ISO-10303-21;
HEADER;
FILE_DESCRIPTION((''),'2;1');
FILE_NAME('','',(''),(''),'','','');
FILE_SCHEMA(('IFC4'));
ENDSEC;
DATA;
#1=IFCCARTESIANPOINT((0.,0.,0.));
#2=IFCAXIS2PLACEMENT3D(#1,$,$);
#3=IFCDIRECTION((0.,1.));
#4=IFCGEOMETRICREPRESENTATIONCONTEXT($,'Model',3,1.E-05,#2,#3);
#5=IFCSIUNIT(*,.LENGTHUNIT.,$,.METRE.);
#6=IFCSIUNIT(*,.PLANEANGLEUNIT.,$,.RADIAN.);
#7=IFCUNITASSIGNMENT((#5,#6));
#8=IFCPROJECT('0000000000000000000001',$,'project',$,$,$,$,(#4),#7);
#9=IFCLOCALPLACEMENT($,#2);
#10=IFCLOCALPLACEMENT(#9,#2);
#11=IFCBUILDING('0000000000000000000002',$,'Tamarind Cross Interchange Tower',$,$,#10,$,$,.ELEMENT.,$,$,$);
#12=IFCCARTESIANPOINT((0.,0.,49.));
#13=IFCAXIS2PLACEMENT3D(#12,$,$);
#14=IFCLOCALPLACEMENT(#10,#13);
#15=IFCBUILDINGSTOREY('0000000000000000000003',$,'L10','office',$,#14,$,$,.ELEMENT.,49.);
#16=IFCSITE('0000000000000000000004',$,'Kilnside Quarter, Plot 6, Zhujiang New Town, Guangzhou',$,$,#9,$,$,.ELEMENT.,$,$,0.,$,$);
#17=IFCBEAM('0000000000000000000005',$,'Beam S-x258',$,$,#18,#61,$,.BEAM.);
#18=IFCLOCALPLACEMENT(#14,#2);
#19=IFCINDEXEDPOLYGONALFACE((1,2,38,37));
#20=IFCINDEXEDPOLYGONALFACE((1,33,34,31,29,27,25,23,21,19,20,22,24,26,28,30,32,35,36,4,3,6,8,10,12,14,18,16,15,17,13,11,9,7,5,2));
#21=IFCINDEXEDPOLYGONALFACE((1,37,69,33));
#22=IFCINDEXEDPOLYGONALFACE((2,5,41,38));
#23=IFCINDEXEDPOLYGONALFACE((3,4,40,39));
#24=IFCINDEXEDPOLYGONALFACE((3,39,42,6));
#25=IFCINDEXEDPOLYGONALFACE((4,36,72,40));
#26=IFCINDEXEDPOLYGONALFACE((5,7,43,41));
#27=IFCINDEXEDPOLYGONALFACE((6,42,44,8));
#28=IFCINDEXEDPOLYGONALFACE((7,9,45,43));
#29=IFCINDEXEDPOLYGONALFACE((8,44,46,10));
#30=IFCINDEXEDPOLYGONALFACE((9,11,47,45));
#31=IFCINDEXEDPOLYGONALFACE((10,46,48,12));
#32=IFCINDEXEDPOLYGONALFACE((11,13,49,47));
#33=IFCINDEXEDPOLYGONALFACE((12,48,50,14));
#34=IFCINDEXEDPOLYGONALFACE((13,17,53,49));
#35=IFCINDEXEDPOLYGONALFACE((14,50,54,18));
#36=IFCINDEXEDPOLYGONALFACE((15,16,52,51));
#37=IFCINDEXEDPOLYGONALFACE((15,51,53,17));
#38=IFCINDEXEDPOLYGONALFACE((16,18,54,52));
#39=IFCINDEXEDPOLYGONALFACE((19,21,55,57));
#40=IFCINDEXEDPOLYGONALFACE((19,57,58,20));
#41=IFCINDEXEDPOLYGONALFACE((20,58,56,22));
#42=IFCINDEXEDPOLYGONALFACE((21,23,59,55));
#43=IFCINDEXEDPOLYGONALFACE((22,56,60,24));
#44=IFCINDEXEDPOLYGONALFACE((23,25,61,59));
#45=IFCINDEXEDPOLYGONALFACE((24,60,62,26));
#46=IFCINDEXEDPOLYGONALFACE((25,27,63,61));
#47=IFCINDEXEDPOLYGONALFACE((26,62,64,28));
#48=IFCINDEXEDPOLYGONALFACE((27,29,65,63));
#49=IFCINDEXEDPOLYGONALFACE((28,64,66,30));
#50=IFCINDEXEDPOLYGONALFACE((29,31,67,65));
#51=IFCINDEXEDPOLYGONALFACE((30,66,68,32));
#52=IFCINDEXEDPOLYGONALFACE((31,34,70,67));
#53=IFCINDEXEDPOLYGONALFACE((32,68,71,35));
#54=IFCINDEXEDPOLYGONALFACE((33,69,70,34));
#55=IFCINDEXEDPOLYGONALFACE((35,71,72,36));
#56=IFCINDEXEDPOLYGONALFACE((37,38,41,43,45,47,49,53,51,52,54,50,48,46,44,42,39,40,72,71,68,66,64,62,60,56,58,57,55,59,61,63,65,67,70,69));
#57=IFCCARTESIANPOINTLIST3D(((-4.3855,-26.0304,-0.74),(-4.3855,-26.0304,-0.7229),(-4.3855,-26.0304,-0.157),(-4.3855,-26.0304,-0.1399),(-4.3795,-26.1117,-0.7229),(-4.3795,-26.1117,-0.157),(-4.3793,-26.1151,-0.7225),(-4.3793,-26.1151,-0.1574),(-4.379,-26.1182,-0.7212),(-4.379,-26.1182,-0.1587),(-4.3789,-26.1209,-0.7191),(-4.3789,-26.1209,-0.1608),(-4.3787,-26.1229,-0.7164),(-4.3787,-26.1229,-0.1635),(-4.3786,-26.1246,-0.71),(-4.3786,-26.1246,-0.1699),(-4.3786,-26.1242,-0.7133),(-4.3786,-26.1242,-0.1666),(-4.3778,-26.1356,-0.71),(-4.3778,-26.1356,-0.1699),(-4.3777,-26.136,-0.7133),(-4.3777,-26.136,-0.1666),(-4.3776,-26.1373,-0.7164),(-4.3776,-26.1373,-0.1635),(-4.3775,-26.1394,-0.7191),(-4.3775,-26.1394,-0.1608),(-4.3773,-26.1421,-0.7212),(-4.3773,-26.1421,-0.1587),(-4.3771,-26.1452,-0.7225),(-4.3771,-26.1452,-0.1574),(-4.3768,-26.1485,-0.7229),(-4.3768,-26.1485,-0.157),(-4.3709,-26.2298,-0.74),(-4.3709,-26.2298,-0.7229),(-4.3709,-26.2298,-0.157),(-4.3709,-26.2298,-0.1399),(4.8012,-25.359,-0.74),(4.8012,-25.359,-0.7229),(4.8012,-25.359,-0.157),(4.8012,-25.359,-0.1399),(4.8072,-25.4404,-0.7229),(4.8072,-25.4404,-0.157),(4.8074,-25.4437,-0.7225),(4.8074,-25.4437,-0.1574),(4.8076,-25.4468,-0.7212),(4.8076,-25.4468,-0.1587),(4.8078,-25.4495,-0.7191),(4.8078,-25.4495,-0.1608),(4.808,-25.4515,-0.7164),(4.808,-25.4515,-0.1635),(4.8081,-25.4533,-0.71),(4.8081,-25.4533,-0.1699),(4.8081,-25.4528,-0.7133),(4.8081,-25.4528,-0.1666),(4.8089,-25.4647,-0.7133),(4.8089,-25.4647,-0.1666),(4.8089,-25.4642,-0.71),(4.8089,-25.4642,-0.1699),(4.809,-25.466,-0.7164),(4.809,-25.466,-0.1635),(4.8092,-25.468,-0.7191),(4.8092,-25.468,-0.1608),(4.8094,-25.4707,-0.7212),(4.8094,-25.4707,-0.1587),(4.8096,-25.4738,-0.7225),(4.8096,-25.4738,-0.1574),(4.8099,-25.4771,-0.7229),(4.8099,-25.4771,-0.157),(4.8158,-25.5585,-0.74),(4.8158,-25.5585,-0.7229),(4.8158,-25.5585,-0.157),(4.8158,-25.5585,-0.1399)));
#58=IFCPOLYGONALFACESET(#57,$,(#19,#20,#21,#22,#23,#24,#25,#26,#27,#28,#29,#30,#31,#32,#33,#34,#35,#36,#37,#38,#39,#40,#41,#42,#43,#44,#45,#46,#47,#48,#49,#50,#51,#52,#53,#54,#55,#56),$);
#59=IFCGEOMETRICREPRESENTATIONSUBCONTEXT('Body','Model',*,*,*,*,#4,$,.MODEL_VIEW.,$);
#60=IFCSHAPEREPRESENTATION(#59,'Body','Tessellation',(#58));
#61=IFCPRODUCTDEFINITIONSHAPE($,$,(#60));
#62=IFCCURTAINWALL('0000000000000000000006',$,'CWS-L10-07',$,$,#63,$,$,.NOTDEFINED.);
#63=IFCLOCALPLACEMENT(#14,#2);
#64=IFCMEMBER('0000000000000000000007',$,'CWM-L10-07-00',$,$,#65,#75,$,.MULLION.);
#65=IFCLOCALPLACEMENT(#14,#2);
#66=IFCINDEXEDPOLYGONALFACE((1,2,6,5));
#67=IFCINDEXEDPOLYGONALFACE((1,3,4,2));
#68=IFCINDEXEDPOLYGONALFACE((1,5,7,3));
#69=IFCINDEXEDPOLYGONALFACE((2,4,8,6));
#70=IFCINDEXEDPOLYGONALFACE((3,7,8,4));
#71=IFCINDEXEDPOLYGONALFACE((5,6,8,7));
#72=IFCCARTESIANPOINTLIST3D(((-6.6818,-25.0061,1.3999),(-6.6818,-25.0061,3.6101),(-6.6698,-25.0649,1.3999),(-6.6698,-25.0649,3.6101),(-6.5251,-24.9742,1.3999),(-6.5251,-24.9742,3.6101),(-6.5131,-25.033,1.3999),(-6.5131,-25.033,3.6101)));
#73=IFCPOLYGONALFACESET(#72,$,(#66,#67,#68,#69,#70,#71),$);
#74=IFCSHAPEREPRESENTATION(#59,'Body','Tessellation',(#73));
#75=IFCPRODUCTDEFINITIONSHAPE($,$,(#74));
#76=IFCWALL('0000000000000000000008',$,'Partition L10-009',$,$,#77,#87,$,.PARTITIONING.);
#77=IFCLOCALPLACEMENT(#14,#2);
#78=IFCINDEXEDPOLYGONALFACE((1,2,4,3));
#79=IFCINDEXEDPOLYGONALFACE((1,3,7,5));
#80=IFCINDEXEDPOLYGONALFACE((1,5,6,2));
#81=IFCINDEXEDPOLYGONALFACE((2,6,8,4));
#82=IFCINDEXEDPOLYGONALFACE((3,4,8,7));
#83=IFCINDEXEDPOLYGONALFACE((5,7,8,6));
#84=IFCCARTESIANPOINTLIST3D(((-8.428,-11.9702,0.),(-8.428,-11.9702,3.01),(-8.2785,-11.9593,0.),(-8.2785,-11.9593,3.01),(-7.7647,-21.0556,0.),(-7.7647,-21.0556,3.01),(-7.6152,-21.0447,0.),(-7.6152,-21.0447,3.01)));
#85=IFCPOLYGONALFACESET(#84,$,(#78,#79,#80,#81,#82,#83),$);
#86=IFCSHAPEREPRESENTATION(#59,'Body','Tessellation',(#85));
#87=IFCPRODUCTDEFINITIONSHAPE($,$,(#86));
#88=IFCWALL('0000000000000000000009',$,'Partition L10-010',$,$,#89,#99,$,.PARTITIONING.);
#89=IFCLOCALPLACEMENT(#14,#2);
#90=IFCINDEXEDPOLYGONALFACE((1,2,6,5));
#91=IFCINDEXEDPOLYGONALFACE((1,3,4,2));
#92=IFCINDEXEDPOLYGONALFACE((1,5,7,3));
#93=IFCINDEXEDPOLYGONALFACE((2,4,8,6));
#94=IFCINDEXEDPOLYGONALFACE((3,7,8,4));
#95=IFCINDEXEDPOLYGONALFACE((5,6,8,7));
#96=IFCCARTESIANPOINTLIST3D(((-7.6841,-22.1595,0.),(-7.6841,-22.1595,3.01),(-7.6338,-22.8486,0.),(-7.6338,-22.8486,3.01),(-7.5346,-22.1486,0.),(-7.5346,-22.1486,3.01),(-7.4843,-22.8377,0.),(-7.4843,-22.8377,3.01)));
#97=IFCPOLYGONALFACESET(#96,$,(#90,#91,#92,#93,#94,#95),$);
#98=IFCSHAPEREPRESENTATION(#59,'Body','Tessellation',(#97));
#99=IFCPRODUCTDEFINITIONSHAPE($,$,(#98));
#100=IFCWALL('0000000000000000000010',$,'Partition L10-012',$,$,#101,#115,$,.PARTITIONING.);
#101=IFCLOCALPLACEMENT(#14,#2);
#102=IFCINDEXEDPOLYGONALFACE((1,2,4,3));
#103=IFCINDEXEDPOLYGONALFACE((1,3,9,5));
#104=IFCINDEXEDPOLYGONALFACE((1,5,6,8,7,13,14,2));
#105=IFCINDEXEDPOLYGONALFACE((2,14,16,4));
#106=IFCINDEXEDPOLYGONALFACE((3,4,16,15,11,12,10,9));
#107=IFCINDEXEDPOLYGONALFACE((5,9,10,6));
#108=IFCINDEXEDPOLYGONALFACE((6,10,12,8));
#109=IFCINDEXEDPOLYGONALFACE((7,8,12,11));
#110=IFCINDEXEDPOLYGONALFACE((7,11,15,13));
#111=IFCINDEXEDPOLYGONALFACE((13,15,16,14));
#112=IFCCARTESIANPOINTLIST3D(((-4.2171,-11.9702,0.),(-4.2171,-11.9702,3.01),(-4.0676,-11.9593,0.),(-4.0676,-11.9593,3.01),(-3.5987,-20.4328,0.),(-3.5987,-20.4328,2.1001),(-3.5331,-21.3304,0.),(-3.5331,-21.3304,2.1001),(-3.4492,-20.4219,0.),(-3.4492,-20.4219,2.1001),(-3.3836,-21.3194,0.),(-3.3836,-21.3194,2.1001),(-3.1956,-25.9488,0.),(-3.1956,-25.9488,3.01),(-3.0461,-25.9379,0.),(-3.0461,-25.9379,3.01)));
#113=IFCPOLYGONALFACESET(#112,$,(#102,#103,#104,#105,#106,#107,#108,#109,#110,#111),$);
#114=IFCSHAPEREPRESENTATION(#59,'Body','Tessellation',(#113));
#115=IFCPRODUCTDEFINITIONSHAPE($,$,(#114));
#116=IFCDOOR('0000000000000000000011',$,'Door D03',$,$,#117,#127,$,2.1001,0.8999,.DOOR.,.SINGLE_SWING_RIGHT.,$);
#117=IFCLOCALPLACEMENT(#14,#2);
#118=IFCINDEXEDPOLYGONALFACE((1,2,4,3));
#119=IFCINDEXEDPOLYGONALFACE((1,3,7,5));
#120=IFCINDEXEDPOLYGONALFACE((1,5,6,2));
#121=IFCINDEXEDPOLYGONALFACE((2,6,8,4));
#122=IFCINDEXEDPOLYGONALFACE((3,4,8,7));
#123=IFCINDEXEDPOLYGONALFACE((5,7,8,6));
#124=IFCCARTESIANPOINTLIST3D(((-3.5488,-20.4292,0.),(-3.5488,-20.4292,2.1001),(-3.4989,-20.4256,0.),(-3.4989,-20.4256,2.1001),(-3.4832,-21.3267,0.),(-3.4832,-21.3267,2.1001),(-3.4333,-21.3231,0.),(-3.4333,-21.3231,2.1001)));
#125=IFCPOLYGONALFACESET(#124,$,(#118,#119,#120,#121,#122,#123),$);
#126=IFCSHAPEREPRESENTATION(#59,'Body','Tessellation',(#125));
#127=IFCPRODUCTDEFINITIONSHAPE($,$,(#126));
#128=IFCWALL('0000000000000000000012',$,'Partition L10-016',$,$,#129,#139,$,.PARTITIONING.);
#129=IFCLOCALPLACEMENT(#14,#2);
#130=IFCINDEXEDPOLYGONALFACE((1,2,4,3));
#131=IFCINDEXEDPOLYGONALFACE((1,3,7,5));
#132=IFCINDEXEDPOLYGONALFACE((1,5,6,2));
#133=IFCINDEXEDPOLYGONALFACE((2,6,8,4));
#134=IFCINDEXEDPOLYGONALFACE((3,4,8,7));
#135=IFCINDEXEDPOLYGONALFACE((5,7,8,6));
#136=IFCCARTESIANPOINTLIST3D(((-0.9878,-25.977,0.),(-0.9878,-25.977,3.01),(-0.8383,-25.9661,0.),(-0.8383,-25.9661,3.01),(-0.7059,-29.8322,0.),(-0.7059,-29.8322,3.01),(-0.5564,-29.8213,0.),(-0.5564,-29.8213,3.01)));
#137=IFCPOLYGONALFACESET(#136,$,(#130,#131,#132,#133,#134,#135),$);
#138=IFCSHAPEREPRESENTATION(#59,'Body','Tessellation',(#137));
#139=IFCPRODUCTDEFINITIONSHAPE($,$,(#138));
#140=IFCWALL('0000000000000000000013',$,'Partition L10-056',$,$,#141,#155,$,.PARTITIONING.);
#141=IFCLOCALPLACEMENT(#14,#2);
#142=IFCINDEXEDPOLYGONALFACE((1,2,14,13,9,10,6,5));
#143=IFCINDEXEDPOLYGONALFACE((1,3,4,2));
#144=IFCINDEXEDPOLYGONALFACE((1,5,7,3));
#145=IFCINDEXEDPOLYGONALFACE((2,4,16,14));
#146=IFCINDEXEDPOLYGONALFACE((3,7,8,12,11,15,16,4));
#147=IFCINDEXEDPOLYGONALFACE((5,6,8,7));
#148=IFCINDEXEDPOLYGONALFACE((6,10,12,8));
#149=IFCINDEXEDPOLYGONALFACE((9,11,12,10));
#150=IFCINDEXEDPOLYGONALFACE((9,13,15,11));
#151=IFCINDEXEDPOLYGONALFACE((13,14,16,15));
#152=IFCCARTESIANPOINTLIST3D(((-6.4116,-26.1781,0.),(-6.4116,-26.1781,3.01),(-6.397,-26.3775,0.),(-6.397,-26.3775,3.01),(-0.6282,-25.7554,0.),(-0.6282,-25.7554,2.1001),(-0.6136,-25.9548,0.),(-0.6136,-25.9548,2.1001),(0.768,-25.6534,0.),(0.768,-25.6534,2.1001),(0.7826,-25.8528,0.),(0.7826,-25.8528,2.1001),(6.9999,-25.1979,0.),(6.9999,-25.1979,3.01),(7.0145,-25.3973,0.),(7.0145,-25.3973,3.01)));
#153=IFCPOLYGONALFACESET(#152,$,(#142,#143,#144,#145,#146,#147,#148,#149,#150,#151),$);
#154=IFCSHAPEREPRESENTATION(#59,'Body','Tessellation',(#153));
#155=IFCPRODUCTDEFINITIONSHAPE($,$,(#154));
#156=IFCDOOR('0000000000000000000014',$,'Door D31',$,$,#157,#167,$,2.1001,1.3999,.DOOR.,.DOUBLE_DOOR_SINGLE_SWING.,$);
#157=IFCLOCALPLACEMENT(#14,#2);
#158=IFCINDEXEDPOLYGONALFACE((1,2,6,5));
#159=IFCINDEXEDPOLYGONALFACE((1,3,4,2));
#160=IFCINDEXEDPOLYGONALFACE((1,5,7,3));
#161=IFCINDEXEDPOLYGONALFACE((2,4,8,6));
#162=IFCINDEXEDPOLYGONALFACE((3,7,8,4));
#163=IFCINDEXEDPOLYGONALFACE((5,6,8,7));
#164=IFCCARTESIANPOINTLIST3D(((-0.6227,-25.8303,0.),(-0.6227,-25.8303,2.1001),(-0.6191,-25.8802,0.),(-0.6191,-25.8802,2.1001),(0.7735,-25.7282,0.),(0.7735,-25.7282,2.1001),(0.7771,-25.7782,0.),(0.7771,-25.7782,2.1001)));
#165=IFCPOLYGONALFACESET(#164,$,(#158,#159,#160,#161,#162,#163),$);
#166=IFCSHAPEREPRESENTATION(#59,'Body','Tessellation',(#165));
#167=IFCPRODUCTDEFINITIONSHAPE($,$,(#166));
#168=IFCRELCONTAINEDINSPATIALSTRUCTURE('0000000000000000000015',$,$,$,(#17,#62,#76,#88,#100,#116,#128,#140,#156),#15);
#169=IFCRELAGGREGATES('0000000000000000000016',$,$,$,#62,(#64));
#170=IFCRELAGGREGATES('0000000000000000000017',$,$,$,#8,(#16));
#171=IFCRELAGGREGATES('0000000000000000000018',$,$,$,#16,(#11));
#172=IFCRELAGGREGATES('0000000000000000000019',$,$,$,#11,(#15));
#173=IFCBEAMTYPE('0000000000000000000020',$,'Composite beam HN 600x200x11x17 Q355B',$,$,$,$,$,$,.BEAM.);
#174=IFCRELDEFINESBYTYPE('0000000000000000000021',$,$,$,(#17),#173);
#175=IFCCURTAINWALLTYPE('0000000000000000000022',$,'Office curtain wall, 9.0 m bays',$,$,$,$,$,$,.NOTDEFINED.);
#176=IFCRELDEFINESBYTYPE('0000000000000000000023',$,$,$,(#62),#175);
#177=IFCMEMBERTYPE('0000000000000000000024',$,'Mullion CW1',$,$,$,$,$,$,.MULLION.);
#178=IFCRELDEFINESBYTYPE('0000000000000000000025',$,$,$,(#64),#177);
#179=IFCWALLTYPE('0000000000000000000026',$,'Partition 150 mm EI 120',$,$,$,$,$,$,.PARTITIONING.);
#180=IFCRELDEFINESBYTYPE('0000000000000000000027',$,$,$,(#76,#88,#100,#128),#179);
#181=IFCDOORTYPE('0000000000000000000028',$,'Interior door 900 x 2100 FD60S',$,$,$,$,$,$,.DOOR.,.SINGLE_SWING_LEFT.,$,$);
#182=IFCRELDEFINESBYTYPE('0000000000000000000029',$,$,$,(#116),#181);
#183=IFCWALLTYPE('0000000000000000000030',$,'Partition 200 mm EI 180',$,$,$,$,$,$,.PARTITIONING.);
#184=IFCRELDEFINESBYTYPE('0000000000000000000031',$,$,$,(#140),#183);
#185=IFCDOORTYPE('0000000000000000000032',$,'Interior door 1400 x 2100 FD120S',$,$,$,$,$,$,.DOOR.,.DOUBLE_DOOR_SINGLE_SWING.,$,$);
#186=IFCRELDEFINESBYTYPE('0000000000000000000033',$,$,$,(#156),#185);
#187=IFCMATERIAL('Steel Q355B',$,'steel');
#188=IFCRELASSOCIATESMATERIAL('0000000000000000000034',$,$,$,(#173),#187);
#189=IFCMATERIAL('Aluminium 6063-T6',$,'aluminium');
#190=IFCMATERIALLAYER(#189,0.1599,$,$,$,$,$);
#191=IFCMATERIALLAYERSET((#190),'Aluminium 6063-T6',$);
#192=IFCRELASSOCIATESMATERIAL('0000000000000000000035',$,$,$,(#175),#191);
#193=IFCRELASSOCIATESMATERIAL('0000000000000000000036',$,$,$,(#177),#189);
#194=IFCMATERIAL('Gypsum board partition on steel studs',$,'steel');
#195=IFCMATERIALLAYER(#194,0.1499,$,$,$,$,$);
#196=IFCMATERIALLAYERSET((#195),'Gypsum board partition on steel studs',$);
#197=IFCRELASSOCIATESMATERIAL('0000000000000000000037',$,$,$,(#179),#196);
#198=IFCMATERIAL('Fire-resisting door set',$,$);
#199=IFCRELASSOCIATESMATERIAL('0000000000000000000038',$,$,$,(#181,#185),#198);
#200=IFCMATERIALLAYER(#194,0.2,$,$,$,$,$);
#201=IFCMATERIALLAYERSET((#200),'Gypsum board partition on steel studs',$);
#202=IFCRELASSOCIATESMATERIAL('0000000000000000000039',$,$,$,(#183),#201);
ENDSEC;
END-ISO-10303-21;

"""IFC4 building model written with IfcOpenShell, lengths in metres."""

from ifc_helpers import new_model, si_unit, direction, frame, frame_2d, origin, origin_2d, place, context, subcontext, project, spatial, rectangle, i_section, extrude, material, layer, layer_set, material_profile, profile_set, type_object, element, fill, aggregate, save


model = new_model("IFC4")

# Units and contexts
model_context = context("Model", 3, precision=1e-05, world=origin(), true_north=direction((0.0, 1.0)))
body_context = subcontext(model_context, "Body", "Model", "MODEL_VIEW")
ifc_project = project(units=[si_unit("LENGTHUNIT", "METRE"), si_unit("PLANEANGLEUNIT", "RADIAN")], contexts=[model_context])

# Site, building, storey
site_placement = place(None, origin())
site = spatial("IfcSite", under=ifc_project, at=site_placement, Name="Kilnside Quarter, Plot 6, Zhujiang New Town, Guangzhou", CompositionType="ELEMENT", RefElevation=0.0)
building_placement = place(site_placement, origin())
building = spatial("IfcBuilding", under=site, at=building_placement, Name="Tamarind Cross Interchange Tower", CompositionType="ELEMENT")
storey_placement = place(building_placement, frame((0.0, 0.0, 49.0)))
storey = spatial("IfcBuildingStorey", under=building, at=storey_placement, Name="L10", Description="office", CompositionType="ELEMENT", Elevation=49.0)

# Beam
ifc_material_1 = material(Name="Steel Q355B", Category="steel")
ifc_material_profile_1 = material_profile(ifc_material_1, i_section(OverallWidth=0.2, OverallDepth=0.6001, WebThickness=0.011, FlangeThickness=0.0171, FilletRadius=0.0129, at=origin_2d()), Name="HN 600x200x11x17")
ifc_profile_set_1 = profile_set([ifc_material_profile_1], Name="Steel Q355B")
beam_type_1 = type_object("IfcBeamType", Name="Composite beam HN 600x200x11x17 Q355B", PredefinedType="BEAM", material=ifc_profile_set_1)
beam_1_placement = place(storey_placement, frame((-4.3782, -26.1301, -0.4399), z_axis=(0.99734, 0.072888, 0.0), x_axis=(-0.072888, 0.99734, 0.0)))
element("IfcBeam", 1, at=beam_1_placement, inside=storey, type_object=beam_type_1, Name="Beam S-x258", PredefinedType="BEAM", context=body_context, shape_type="SweptSolid", body=[
    extrude(i_section(OverallWidth=0.2, OverallDepth=0.6001, WebThickness=0.011, FlangeThickness=0.0171, FilletRadius=0.0129, at=origin_2d()), origin(), (0.0, 0.0, 1.0), 9.2112),
])

# Curtain wall, member
ifc_material_2 = material(Name="Aluminium 6063-T6", Category="aluminium")
ifc_layer_1 = layer(ifc_material_2, 0.1599)
ifc_layer_set_1 = layer_set([ifc_layer_1], Name="Aluminium 6063-T6")
curtain_wall_type = type_object("IfcCurtainWallType", Name="Office curtain wall, 9.0 m bays", PredefinedType="NOTDEFINED", material=ifc_layer_set_1)
curtain_wall_placement = place(storey_placement, origin())
curtain_wall = element("IfcCurtainWall", 2, at=curtain_wall_placement, inside=storey, type_object=curtain_wall_type, Name="CWS-L10-07", PredefinedType="NOTDEFINED")
ifc_material_profile_2 = material_profile(ifc_material_2, rectangle(XDim=0.0601, YDim=0.1599, at=origin_2d()), Name="Mullion CW1")
ifc_profile_set_2 = profile_set([ifc_material_profile_2], Name="Aluminium 6063-T6")
member_type = type_object("IfcMemberType", Name="Mullion CW1", PredefinedType="MULLION", material=ifc_profile_set_2)
member_placement = place(storey_placement, frame((-6.5974, -25.0195, 1.3999), z_axis=(0.0, 0.0, 1.0), x_axis=(0.199435, -0.979911, 0.0)))
member = element("IfcMember", 3, at=member_placement, type_object=member_type, Name="CWM-L10-07-00", PredefinedType="MULLION", context=body_context, shape_type="SweptSolid", body=[
    extrude(rectangle(XDim=0.0601, YDim=0.1599, at=origin_2d()), origin(), (0.0, 0.0, 1.0), 2.2102),
])
aggregate(curtain_wall, [member])

# Walls
ifc_material_3 = material(Name="Gypsum board partition on steel studs", Category="steel")
ifc_layer_2 = layer(ifc_material_3, 0.1499)
ifc_layer_set_2 = layer_set([ifc_layer_2], Name="Gypsum board partition on steel studs")
wall_type_1 = type_object("IfcWallType", Name="Partition 150 mm EI 120", PredefinedType="PARTITIONING", material=ifc_layer_set_2)
wall_1_placement = place(storey_placement, frame((-8.3533, -11.9648, 0.0), z_axis=(0.0, 0.0, 1.0), x_axis=(0.072816, -0.997345, 0.0)))
element("IfcWall", 4, at=wall_1_placement, inside=storey, type_object=wall_type_1, Name="Partition L10-009", PredefinedType="PARTITIONING", context=body_context, shape_type="SweptSolid", body=[
    extrude(rectangle(XDim=9.1096, YDim=0.1499, at=frame_2d((4.5547, 0.0))), origin(), (0.0, 0.0, 1.0), 3.01),
])
wall_2_placement = place(storey_placement, frame((-7.6094, -22.1541, 0.0), z_axis=(0.0, 0.0, 1.0), x_axis=(0.072804, -0.997346, 0.0)))
element("IfcWall", 5, at=wall_2_placement, inside=storey, type_object=wall_type_1, Name="Partition L10-010", PredefinedType="PARTITIONING", context=body_context, shape_type="SweptSolid", body=[
    extrude(rectangle(XDim=0.6909, YDim=0.1499, at=frame_2d((0.3455, 0.0))), origin(), (0.0, 0.0, 1.0), 3.01),
])

# Wall, opening, door
wall_3_placement = place(storey_placement, frame((-4.1423, -11.9648, 0.0), z_axis=(0.0, 0.0, 1.0), x_axis=(0.072881, -0.997341, 0.0)))
wall_3 = element("IfcWall", 6, at=wall_3_placement, inside=storey, type_object=wall_type_1, Name="Partition L10-012", PredefinedType="PARTITIONING", context=body_context, shape_type="SweptSolid", body=[
    extrude(rectangle(XDim=14.0159, YDim=0.1499, at=frame_2d((7.0078, 0.0))), origin(), (0.0, 0.0, 1.0), 3.01),
])
opening_1_placement = place(wall_3_placement, frame((8.4851, 0.0, 0.0)))
opening_1 = element("IfcOpeningElement", 7, at=opening_1_placement, cuts=wall_3, PredefinedType="OPENING", context=body_context, shape_type="SweptSolid", body=[
    extrude(rectangle(XDim=0.8999, YDim=2.1001, at=frame_2d((0.45, 1.05))), frame((0.0, 0.085, 0.0), z_axis=(0.0, -1.0, 0.0), x_axis=(1.0, 0.0, 0.0)), (0.0, 0.0, 1.0), 0.1699),
])
ifc_material_4 = material(Name="Fire-resisting door set")
door_type_1 = type_object("IfcDoorType", Name="Interior door 900 x 2100 FD60S", OperationType="SINGLE_SWING_LEFT", PredefinedType="DOOR", material=ifc_material_4)
door_1_placement = place(opening_1_placement, frame((0.8999, 0.0, 0.0), z_axis=(0.0, 0.0, 1.0), x_axis=(-1.0, 0.0, 0.0)))
door_1 = element("IfcDoor", 8, at=door_1_placement, inside=storey, type_object=door_type_1, Name="Door D03", OperationType="SINGLE_SWING_RIGHT", OverallHeight=2.1001, OverallWidth=0.8999, PredefinedType="DOOR", context=body_context, shape_type="SweptSolid", body=[
    extrude(rectangle(XDim=0.8999, YDim=2.1001, at=frame_2d((0.45, 1.05))), frame((0.0, 0.0249, 0.0), z_axis=(0.0, -1.0, 0.0), x_axis=(1.0, 0.0, 0.0)), (0.0, 0.0, 1.0), 0.05),
])
fill(opening_1, door_1)

# Wall
wall_4_placement = place(storey_placement, frame((-0.9131, -25.9717, 0.0), z_axis=(0.0, 0.0, 1.0), x_axis=(0.072948, -0.997336, 0.0)))
element("IfcWall", 9, at=wall_4_placement, inside=storey, type_object=wall_type_1, Name="Partition L10-016", PredefinedType="PARTITIONING", context=body_context, shape_type="SweptSolid", body=[
    extrude(rectangle(XDim=3.8655, YDim=0.1499, at=frame_2d((1.9326, 0.0))), origin(), (0.0, 0.0, 1.0), 3.01),
])

# Wall, opening, door
ifc_layer_3 = layer(ifc_material_3, 0.2)
ifc_layer_set_3 = layer_set([ifc_layer_3], Name="Gypsum board partition on steel studs")
wall_type_2 = type_object("IfcWallType", Name="Partition 200 mm EI 180", PredefinedType="PARTITIONING", material=ifc_layer_set_3)
wall_5_placement = place(storey_placement, frame((-6.4043, -26.2778, 0.0), z_axis=(0.0, 0.0, 1.0), x_axis=(0.99734, 0.072895, 0.0)))
wall_5 = element("IfcWall", 10, at=wall_5_placement, inside=storey, type_object=wall_type_2, Name="Partition L10-056", PredefinedType="PARTITIONING", context=body_context, shape_type="SweptSolid", body=[
    extrude(rectangle(XDim=13.4473, YDim=0.2, at=frame_2d((6.7236, 0.0))), origin(), (0.0, 0.0, 1.0), 3.01),
])
opening_2_placement = place(wall_5_placement, frame((5.7988, 0.0, 0.0)))
opening_2 = element("IfcOpeningElement", 11, at=opening_2_placement, cuts=wall_5, PredefinedType="OPENING", context=body_context, shape_type="SweptSolid", body=[
    extrude(rectangle(XDim=1.3999, YDim=2.1001, at=frame_2d((0.7, 1.05))), frame((0.0, 0.1099, 0.0), z_axis=(0.0, -1.0, 0.0), x_axis=(1.0, 0.0, 0.0)), (0.0, 0.0, 1.0), 0.22),
])
door_type_2 = type_object("IfcDoorType", Name="Interior door 1400 x 2100 FD120S", OperationType="DOUBLE_DOOR_SINGLE_SWING", PredefinedType="DOOR", material=ifc_material_4)
door_2_placement = place(opening_2_placement, origin())
door_2 = element("IfcDoor", 12, at=door_2_placement, inside=storey, type_object=door_type_2, Name="Door D31", OperationType="DOUBLE_DOOR_SINGLE_SWING", OverallHeight=2.1001, OverallWidth=1.3999, PredefinedType="DOOR", context=body_context, shape_type="SweptSolid", body=[
    extrude(rectangle(XDim=1.3999, YDim=2.1001, at=frame_2d((0.7, 1.05))), frame((0.0, 0.0249, 0.0), z_axis=(0.0, -1.0, 0.0), x_axis=(1.0, 0.0, 0.0)), (0.0, 0.0, 1.0), 0.05),
])
fill(opening_2, door_2)

save(model, "model.ifc")
